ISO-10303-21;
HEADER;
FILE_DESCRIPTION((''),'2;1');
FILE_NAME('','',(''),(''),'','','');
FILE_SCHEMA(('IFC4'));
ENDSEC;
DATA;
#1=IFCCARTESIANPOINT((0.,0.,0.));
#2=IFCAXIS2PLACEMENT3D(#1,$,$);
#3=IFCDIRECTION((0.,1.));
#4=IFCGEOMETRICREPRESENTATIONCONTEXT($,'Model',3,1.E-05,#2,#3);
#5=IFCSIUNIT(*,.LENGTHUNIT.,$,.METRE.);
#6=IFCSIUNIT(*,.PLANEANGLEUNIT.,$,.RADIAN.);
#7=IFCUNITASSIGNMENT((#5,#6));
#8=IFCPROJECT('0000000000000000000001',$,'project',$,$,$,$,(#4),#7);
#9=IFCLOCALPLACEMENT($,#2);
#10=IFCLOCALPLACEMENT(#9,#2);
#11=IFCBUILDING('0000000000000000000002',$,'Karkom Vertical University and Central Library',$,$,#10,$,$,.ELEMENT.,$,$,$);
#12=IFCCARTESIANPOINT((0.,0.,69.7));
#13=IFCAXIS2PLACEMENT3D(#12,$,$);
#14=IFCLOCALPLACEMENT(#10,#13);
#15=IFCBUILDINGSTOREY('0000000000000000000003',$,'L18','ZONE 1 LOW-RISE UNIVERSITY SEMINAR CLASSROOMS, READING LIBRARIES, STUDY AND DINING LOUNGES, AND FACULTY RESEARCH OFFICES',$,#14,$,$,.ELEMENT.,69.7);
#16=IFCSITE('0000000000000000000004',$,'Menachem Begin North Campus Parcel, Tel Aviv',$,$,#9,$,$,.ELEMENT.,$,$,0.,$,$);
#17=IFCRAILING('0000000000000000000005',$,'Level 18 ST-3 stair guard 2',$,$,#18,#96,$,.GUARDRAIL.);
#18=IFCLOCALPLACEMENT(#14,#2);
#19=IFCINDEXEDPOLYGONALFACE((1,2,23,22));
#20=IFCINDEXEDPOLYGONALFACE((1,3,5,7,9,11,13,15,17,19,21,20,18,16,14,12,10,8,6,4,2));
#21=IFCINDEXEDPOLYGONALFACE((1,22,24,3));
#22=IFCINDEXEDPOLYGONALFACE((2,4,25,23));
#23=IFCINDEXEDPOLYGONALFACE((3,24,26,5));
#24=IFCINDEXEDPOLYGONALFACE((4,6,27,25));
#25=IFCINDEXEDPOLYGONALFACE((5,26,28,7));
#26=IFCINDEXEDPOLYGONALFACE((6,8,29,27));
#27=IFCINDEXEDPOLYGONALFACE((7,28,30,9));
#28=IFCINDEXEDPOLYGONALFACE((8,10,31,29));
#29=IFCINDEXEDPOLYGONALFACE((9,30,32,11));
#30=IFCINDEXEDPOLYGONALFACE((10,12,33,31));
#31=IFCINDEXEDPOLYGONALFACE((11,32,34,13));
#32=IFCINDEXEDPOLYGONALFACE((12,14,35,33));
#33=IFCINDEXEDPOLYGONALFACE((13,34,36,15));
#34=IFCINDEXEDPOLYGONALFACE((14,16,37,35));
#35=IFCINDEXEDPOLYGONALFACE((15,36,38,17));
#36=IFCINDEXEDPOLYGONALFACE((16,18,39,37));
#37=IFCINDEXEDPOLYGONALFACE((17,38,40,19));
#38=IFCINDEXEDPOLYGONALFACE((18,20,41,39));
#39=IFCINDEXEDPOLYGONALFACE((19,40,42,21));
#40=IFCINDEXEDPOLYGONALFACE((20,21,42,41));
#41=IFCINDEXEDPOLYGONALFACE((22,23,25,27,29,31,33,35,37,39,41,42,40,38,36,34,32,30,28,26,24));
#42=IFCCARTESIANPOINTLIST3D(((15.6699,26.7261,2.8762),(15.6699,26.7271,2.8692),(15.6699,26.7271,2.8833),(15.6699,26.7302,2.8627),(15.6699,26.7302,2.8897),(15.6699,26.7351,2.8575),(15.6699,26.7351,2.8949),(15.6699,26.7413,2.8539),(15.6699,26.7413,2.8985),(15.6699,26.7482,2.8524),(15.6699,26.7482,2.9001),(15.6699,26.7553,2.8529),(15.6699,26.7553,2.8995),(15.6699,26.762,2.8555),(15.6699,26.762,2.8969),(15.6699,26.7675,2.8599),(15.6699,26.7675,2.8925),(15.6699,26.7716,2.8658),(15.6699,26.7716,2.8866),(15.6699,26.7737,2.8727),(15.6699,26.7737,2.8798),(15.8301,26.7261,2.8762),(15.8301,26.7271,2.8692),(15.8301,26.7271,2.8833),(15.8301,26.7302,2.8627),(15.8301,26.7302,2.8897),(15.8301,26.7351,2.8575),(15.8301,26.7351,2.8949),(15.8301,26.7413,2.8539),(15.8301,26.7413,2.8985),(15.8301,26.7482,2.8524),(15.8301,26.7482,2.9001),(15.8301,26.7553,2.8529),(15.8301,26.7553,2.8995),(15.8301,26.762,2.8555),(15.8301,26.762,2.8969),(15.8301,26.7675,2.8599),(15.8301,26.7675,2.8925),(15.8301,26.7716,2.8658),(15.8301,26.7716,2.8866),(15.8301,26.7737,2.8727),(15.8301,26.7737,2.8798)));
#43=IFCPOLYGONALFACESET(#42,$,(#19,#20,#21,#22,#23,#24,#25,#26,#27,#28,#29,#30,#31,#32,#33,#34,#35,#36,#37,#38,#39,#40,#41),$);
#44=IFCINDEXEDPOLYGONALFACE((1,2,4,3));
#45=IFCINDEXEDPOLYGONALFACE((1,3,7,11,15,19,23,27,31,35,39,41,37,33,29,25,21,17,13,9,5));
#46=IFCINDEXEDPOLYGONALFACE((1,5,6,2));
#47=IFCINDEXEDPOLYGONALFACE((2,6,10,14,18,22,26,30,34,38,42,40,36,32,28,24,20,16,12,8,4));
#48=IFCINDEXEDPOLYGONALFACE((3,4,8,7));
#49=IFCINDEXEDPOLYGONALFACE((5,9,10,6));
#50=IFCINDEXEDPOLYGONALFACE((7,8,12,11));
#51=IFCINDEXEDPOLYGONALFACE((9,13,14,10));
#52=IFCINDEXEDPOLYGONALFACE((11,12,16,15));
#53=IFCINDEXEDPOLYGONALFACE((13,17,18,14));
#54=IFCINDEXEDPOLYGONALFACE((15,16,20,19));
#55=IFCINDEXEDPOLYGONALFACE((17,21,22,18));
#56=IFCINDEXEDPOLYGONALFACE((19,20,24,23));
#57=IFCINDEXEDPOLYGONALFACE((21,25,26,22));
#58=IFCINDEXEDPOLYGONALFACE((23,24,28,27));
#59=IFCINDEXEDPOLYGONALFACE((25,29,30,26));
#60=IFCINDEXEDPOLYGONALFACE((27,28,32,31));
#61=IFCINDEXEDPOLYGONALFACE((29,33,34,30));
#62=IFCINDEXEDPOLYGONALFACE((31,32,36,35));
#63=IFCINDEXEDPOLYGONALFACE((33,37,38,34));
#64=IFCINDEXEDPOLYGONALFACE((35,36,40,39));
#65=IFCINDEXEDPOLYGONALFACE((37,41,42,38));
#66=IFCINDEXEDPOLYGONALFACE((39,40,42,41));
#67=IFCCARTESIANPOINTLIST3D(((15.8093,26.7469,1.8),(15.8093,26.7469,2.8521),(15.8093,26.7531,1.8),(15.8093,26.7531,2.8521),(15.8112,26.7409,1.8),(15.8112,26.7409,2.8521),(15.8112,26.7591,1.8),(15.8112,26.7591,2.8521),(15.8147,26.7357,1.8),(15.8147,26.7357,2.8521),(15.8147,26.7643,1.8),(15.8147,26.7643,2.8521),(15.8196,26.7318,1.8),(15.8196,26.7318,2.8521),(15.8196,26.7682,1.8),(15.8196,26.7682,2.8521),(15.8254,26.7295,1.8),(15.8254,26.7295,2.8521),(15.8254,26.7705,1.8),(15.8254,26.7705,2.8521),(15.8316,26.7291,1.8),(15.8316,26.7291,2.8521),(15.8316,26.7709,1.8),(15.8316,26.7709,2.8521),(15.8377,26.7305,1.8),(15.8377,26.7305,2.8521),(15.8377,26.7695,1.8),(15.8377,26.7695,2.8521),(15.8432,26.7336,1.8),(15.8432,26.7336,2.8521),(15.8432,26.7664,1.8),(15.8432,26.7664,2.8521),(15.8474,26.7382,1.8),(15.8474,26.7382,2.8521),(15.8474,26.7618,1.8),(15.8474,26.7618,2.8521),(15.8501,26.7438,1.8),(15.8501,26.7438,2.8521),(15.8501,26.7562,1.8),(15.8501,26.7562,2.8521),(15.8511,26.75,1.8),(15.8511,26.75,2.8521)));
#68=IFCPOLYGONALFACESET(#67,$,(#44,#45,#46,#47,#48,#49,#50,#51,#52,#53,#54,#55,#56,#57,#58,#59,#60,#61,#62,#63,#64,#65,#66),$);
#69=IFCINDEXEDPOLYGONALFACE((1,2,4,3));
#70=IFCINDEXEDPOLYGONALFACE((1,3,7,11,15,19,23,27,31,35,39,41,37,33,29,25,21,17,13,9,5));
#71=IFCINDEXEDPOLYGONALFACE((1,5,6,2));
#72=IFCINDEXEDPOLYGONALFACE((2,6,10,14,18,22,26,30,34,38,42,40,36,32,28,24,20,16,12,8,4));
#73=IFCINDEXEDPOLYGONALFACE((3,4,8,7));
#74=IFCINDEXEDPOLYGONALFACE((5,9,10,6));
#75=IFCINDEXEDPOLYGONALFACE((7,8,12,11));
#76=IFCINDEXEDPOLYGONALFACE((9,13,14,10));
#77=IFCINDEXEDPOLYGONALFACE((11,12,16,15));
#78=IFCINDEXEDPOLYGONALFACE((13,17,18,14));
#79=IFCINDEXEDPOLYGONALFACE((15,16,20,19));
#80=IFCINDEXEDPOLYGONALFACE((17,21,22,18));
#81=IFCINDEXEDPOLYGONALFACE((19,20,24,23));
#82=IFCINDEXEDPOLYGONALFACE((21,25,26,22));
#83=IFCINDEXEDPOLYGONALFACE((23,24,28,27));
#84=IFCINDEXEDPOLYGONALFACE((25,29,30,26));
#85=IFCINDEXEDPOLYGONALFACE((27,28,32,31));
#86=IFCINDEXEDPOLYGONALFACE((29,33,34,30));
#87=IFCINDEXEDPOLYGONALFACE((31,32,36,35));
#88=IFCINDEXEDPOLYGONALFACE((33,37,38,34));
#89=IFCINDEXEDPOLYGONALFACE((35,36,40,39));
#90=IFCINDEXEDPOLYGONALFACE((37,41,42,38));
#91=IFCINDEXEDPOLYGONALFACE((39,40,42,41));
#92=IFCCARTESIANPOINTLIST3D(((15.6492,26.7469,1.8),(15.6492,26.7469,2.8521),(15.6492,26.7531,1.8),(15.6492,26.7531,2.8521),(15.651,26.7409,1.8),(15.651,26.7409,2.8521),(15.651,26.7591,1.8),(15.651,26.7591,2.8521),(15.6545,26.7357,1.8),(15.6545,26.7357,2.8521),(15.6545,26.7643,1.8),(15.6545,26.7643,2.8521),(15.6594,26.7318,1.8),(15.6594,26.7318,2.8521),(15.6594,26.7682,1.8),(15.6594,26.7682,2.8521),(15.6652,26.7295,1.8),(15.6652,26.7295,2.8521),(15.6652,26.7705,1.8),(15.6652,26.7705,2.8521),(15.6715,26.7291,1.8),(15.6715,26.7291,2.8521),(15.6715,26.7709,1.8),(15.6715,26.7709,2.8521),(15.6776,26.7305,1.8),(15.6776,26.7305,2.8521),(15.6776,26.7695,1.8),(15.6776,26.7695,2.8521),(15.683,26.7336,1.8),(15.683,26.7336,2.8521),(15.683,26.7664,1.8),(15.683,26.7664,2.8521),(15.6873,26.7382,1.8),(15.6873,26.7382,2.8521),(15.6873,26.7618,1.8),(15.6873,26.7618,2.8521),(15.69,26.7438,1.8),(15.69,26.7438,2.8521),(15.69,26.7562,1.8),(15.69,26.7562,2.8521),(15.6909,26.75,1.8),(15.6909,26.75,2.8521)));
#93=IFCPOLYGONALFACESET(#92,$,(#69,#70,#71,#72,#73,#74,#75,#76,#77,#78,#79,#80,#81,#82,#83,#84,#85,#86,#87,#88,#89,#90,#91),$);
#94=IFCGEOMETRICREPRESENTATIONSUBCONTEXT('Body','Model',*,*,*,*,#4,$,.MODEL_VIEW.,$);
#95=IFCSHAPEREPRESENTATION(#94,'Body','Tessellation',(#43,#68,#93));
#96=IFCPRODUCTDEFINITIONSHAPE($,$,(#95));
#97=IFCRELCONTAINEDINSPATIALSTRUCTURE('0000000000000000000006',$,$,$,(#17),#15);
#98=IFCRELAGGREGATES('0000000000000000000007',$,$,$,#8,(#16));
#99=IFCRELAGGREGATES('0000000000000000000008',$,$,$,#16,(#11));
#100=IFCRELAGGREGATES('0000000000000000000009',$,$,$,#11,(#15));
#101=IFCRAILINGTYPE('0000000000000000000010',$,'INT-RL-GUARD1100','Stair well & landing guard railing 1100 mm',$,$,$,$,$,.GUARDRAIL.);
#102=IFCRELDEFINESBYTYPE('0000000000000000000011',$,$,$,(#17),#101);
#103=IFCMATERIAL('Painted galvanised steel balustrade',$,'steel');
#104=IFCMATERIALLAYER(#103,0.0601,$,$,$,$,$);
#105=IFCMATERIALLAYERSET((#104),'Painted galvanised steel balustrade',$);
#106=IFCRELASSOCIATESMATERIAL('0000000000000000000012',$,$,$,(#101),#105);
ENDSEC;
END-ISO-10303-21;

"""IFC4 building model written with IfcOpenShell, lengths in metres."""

from ifc_helpers import new_model, si_unit, direction, frame, origin, origin_2d, place, context, subcontext, project, spatial, circle, extrude, material, layer, layer_set, type_object, element, save


model = new_model("IFC4")

# Units and contexts
model_context = context("Model", 3, precision=1e-05, world=origin(), true_north=direction((0.0, 1.0)))
body_context = subcontext(model_context, "Body", "Model", "MODEL_VIEW")
ifc_project = project(units=[si_unit("LENGTHUNIT", "METRE"), si_unit("PLANEANGLEUNIT", "RADIAN")], contexts=[model_context])

# Site, building, storey
site_placement = place(None, origin())
site = spatial("IfcSite", under=ifc_project, at=site_placement, Name="Menachem Begin North Campus Parcel, Tel Aviv", CompositionType="ELEMENT", RefElevation=0.0)
building_placement = place(site_placement, origin())
building = spatial("IfcBuilding", under=site, at=building_placement, Name="Karkom Vertical University and Central Library", CompositionType="ELEMENT")
storey_placement = place(building_placement, frame((0.0, 0.0, 69.7)))
storey = spatial("IfcBuildingStorey", under=building, at=storey_placement, Name="L18", Description="ZONE 1 LOW-RISE UNIVERSITY SEMINAR CLASSROOMS, READING LIBRARIES, STUDY AND DINING LOUNGES, AND FACULTY RESEARCH OFFICES", CompositionType="ELEMENT", Elevation=69.7)

# Railing
ifc_material_1 = material(Name="Painted galvanised steel balustrade", Category="steel")
ifc_layer_1 = layer(ifc_material_1, 0.0601)
ifc_layer_set_1 = layer_set([ifc_layer_1], Name="Painted galvanised steel balustrade")
railing_type_1 = type_object("IfcRailingType", Name="INT-RL-GUARD1100", Description="Stair well & landing guard railing 1100 mm", PredefinedType="GUARDRAIL", material=ifc_layer_set_1)
railing_1_placement = place(storey_placement, frame((15.8301, 26.75, 1.8)))
element("IfcRailing", 1, at=railing_1_placement, inside=storey, type_object=railing_type_1, Name="Level 18 ST-3 stair guard 2", PredefinedType="GUARDRAIL", context=body_context, shape_type="SweptSolid", body=[
    extrude(circle(Radius=0.0239, at=origin_2d()), frame((0.0, 0.0, 1.0762), z_axis=(-1.0, 0.0, 0.0), x_axis=(0.0, -1.0, 0.0)), (0.0, 0.0, 1.0), 0.1602),
    extrude(circle(Radius=0.021, at=origin_2d()), origin(), (0.0, 0.0, 1.0), 1.052),
    extrude(circle(Radius=0.021, at=origin_2d()), frame((-0.1602, 0.0, 0.0)), (0.0, 0.0, 1.0), 1.052),
])

save(model, "model.ifc")
